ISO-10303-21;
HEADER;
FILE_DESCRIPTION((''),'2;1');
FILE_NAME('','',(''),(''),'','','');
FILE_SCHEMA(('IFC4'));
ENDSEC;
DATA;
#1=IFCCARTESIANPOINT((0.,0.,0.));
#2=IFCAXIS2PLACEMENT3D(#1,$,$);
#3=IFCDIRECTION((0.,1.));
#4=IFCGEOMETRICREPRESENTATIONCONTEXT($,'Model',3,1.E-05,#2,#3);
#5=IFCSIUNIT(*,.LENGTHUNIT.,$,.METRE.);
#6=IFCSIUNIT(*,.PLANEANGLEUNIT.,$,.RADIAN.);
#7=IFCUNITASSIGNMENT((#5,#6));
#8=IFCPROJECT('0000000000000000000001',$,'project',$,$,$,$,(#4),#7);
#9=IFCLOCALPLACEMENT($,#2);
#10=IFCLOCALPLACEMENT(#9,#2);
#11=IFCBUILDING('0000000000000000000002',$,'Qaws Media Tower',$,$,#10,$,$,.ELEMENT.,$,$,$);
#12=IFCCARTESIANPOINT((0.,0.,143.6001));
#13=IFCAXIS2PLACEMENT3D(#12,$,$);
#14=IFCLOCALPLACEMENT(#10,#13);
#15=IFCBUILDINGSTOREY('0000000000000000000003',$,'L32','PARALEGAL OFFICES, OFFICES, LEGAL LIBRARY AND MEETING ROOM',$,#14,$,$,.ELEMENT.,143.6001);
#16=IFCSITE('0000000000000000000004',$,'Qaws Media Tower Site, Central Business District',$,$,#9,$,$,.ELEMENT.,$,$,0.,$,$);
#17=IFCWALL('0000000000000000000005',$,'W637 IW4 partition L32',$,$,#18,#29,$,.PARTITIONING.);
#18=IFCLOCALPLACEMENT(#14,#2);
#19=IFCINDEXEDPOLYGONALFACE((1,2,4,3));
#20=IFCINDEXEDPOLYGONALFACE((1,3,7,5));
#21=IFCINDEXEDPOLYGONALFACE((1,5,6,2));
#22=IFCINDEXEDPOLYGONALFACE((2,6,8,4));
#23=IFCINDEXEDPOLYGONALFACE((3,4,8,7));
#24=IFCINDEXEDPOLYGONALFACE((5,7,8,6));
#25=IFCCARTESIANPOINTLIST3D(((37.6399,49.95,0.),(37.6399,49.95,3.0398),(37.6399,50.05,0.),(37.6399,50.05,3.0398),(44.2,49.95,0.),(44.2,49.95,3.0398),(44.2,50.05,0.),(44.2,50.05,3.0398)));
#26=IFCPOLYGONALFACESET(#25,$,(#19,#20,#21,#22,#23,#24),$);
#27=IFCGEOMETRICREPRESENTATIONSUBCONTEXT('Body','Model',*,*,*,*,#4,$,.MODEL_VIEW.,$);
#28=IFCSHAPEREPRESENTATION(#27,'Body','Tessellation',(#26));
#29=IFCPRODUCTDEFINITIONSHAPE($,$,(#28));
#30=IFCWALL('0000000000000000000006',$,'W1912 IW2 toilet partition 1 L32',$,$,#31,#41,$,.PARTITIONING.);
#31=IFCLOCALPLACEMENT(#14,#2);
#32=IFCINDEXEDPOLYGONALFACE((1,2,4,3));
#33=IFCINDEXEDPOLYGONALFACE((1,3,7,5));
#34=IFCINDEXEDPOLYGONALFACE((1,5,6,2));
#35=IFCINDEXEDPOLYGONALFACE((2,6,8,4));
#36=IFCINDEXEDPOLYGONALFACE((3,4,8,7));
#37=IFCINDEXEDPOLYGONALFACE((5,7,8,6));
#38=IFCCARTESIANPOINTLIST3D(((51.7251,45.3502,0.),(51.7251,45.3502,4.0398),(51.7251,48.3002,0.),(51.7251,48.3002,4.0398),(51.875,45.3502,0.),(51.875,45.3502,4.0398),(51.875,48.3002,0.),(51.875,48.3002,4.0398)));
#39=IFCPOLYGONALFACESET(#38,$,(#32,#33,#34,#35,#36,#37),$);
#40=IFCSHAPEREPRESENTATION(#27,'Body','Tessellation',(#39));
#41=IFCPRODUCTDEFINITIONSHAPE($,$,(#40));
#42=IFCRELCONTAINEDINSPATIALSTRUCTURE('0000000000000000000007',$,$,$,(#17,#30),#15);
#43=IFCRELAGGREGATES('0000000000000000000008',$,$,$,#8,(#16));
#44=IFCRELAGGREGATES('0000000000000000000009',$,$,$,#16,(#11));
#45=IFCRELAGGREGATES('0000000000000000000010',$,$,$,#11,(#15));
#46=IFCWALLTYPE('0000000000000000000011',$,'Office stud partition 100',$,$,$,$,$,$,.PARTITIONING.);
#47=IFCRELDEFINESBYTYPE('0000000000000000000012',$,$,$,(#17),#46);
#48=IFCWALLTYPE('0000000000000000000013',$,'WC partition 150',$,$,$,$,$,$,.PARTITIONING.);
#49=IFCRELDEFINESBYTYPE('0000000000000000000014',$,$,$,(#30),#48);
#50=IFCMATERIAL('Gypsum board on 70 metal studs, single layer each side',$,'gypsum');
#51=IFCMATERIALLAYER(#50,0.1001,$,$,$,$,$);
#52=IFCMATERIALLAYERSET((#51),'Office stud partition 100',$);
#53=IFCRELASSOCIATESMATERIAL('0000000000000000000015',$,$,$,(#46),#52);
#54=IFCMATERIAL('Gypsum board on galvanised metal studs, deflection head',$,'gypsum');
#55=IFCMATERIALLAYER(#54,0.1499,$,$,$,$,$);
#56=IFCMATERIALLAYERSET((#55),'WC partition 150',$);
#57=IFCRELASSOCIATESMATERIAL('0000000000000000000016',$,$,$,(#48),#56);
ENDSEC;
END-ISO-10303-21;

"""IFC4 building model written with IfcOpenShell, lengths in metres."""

from ifc_helpers import new_model, si_unit, direction, frame, frame_2d, origin, place, context, subcontext, project, spatial, rectangle, extrude, material, layer, layer_set, type_object, element, save


model = new_model("IFC4")

# Units and contexts
model_context = context("Model", 3, precision=1e-05, world=origin(), true_north=direction((0.0, 1.0)))
body_context = subcontext(model_context, "Body", "Model", "MODEL_VIEW")
ifc_project = project(units=[si_unit("LENGTHUNIT", "METRE"), si_unit("PLANEANGLEUNIT", "RADIAN")], contexts=[model_context])

# Site, building, storey
site_placement = place(None, origin())
site = spatial("IfcSite", under=ifc_project, at=site_placement, Name="Qaws Media Tower Site, Central Business District", CompositionType="ELEMENT", RefElevation=0.0)
building_placement = place(site_placement, origin())
building = spatial("IfcBuilding", under=site, at=building_placement, Name="Qaws Media Tower", CompositionType="ELEMENT")
storey_placement = place(building_placement, frame((0.0, 0.0, 143.6001)))
storey = spatial("IfcBuildingStorey", under=building, at=storey_placement, Name="L32", Description="PARALEGAL OFFICES, OFFICES, LEGAL LIBRARY AND MEETING ROOM", CompositionType="ELEMENT", Elevation=143.6001)

# Wall
ifc_material_1 = material(Name="Gypsum board on 70 metal studs, single layer each side", Category="gypsum")
ifc_layer_1 = layer(ifc_material_1, 0.1001)
ifc_layer_set_1 = layer_set([ifc_layer_1], Name="Office stud partition 100")
wall_type_1 = type_object("IfcWallType", Name="Office stud partition 100", PredefinedType="PARTITIONING", material=ifc_layer_set_1)
wall_1_placement = place(storey_placement, frame((44.2, 50.0, 0.0), z_axis=(0.0, 0.0, 1.0), x_axis=(-1.0, 0.0, 0.0)))
element("IfcWall", 1, at=wall_1_placement, inside=storey, type_object=wall_type_1, Name="W637 IW4 partition L32", PredefinedType="PARTITIONING", context=body_context, shape_type="SweptSolid", body=[
    extrude(rectangle(XDim=6.5601, YDim=0.1001, at=frame_2d((3.28, 0.0))), origin(), (0.0, 0.0, 1.0), 3.0398),
])

# Wall
ifc_material_2 = material(Name="Gypsum board on galvanised metal studs, deflection head", Category="gypsum")
ifc_layer_2 = layer(ifc_material_2, 0.1499)
ifc_layer_set_2 = layer_set([ifc_layer_2], Name="WC partition 150")
wall_type_2 = type_object("IfcWallType", Name="WC partition 150", PredefinedType="PARTITIONING", material=ifc_layer_set_2)
wall_2_placement = place(storey_placement, frame((51.8, 45.3501, 0.0), z_axis=(0.0, 0.0, 1.0), x_axis=(0.0, 1.0, 0.0)))
element("IfcWall", 2, at=wall_2_placement, inside=storey, type_object=wall_type_2, Name="W1912 IW2 toilet partition 1 L32", PredefinedType="PARTITIONING", context=body_context, shape_type="SweptSolid", body=[
    extrude(rectangle(XDim=2.95, YDim=0.1499, at=frame_2d((1.4751, 0.0))), origin(), (0.0, 0.0, 1.0), 4.0398),
])

save(model, "model.ifc")
